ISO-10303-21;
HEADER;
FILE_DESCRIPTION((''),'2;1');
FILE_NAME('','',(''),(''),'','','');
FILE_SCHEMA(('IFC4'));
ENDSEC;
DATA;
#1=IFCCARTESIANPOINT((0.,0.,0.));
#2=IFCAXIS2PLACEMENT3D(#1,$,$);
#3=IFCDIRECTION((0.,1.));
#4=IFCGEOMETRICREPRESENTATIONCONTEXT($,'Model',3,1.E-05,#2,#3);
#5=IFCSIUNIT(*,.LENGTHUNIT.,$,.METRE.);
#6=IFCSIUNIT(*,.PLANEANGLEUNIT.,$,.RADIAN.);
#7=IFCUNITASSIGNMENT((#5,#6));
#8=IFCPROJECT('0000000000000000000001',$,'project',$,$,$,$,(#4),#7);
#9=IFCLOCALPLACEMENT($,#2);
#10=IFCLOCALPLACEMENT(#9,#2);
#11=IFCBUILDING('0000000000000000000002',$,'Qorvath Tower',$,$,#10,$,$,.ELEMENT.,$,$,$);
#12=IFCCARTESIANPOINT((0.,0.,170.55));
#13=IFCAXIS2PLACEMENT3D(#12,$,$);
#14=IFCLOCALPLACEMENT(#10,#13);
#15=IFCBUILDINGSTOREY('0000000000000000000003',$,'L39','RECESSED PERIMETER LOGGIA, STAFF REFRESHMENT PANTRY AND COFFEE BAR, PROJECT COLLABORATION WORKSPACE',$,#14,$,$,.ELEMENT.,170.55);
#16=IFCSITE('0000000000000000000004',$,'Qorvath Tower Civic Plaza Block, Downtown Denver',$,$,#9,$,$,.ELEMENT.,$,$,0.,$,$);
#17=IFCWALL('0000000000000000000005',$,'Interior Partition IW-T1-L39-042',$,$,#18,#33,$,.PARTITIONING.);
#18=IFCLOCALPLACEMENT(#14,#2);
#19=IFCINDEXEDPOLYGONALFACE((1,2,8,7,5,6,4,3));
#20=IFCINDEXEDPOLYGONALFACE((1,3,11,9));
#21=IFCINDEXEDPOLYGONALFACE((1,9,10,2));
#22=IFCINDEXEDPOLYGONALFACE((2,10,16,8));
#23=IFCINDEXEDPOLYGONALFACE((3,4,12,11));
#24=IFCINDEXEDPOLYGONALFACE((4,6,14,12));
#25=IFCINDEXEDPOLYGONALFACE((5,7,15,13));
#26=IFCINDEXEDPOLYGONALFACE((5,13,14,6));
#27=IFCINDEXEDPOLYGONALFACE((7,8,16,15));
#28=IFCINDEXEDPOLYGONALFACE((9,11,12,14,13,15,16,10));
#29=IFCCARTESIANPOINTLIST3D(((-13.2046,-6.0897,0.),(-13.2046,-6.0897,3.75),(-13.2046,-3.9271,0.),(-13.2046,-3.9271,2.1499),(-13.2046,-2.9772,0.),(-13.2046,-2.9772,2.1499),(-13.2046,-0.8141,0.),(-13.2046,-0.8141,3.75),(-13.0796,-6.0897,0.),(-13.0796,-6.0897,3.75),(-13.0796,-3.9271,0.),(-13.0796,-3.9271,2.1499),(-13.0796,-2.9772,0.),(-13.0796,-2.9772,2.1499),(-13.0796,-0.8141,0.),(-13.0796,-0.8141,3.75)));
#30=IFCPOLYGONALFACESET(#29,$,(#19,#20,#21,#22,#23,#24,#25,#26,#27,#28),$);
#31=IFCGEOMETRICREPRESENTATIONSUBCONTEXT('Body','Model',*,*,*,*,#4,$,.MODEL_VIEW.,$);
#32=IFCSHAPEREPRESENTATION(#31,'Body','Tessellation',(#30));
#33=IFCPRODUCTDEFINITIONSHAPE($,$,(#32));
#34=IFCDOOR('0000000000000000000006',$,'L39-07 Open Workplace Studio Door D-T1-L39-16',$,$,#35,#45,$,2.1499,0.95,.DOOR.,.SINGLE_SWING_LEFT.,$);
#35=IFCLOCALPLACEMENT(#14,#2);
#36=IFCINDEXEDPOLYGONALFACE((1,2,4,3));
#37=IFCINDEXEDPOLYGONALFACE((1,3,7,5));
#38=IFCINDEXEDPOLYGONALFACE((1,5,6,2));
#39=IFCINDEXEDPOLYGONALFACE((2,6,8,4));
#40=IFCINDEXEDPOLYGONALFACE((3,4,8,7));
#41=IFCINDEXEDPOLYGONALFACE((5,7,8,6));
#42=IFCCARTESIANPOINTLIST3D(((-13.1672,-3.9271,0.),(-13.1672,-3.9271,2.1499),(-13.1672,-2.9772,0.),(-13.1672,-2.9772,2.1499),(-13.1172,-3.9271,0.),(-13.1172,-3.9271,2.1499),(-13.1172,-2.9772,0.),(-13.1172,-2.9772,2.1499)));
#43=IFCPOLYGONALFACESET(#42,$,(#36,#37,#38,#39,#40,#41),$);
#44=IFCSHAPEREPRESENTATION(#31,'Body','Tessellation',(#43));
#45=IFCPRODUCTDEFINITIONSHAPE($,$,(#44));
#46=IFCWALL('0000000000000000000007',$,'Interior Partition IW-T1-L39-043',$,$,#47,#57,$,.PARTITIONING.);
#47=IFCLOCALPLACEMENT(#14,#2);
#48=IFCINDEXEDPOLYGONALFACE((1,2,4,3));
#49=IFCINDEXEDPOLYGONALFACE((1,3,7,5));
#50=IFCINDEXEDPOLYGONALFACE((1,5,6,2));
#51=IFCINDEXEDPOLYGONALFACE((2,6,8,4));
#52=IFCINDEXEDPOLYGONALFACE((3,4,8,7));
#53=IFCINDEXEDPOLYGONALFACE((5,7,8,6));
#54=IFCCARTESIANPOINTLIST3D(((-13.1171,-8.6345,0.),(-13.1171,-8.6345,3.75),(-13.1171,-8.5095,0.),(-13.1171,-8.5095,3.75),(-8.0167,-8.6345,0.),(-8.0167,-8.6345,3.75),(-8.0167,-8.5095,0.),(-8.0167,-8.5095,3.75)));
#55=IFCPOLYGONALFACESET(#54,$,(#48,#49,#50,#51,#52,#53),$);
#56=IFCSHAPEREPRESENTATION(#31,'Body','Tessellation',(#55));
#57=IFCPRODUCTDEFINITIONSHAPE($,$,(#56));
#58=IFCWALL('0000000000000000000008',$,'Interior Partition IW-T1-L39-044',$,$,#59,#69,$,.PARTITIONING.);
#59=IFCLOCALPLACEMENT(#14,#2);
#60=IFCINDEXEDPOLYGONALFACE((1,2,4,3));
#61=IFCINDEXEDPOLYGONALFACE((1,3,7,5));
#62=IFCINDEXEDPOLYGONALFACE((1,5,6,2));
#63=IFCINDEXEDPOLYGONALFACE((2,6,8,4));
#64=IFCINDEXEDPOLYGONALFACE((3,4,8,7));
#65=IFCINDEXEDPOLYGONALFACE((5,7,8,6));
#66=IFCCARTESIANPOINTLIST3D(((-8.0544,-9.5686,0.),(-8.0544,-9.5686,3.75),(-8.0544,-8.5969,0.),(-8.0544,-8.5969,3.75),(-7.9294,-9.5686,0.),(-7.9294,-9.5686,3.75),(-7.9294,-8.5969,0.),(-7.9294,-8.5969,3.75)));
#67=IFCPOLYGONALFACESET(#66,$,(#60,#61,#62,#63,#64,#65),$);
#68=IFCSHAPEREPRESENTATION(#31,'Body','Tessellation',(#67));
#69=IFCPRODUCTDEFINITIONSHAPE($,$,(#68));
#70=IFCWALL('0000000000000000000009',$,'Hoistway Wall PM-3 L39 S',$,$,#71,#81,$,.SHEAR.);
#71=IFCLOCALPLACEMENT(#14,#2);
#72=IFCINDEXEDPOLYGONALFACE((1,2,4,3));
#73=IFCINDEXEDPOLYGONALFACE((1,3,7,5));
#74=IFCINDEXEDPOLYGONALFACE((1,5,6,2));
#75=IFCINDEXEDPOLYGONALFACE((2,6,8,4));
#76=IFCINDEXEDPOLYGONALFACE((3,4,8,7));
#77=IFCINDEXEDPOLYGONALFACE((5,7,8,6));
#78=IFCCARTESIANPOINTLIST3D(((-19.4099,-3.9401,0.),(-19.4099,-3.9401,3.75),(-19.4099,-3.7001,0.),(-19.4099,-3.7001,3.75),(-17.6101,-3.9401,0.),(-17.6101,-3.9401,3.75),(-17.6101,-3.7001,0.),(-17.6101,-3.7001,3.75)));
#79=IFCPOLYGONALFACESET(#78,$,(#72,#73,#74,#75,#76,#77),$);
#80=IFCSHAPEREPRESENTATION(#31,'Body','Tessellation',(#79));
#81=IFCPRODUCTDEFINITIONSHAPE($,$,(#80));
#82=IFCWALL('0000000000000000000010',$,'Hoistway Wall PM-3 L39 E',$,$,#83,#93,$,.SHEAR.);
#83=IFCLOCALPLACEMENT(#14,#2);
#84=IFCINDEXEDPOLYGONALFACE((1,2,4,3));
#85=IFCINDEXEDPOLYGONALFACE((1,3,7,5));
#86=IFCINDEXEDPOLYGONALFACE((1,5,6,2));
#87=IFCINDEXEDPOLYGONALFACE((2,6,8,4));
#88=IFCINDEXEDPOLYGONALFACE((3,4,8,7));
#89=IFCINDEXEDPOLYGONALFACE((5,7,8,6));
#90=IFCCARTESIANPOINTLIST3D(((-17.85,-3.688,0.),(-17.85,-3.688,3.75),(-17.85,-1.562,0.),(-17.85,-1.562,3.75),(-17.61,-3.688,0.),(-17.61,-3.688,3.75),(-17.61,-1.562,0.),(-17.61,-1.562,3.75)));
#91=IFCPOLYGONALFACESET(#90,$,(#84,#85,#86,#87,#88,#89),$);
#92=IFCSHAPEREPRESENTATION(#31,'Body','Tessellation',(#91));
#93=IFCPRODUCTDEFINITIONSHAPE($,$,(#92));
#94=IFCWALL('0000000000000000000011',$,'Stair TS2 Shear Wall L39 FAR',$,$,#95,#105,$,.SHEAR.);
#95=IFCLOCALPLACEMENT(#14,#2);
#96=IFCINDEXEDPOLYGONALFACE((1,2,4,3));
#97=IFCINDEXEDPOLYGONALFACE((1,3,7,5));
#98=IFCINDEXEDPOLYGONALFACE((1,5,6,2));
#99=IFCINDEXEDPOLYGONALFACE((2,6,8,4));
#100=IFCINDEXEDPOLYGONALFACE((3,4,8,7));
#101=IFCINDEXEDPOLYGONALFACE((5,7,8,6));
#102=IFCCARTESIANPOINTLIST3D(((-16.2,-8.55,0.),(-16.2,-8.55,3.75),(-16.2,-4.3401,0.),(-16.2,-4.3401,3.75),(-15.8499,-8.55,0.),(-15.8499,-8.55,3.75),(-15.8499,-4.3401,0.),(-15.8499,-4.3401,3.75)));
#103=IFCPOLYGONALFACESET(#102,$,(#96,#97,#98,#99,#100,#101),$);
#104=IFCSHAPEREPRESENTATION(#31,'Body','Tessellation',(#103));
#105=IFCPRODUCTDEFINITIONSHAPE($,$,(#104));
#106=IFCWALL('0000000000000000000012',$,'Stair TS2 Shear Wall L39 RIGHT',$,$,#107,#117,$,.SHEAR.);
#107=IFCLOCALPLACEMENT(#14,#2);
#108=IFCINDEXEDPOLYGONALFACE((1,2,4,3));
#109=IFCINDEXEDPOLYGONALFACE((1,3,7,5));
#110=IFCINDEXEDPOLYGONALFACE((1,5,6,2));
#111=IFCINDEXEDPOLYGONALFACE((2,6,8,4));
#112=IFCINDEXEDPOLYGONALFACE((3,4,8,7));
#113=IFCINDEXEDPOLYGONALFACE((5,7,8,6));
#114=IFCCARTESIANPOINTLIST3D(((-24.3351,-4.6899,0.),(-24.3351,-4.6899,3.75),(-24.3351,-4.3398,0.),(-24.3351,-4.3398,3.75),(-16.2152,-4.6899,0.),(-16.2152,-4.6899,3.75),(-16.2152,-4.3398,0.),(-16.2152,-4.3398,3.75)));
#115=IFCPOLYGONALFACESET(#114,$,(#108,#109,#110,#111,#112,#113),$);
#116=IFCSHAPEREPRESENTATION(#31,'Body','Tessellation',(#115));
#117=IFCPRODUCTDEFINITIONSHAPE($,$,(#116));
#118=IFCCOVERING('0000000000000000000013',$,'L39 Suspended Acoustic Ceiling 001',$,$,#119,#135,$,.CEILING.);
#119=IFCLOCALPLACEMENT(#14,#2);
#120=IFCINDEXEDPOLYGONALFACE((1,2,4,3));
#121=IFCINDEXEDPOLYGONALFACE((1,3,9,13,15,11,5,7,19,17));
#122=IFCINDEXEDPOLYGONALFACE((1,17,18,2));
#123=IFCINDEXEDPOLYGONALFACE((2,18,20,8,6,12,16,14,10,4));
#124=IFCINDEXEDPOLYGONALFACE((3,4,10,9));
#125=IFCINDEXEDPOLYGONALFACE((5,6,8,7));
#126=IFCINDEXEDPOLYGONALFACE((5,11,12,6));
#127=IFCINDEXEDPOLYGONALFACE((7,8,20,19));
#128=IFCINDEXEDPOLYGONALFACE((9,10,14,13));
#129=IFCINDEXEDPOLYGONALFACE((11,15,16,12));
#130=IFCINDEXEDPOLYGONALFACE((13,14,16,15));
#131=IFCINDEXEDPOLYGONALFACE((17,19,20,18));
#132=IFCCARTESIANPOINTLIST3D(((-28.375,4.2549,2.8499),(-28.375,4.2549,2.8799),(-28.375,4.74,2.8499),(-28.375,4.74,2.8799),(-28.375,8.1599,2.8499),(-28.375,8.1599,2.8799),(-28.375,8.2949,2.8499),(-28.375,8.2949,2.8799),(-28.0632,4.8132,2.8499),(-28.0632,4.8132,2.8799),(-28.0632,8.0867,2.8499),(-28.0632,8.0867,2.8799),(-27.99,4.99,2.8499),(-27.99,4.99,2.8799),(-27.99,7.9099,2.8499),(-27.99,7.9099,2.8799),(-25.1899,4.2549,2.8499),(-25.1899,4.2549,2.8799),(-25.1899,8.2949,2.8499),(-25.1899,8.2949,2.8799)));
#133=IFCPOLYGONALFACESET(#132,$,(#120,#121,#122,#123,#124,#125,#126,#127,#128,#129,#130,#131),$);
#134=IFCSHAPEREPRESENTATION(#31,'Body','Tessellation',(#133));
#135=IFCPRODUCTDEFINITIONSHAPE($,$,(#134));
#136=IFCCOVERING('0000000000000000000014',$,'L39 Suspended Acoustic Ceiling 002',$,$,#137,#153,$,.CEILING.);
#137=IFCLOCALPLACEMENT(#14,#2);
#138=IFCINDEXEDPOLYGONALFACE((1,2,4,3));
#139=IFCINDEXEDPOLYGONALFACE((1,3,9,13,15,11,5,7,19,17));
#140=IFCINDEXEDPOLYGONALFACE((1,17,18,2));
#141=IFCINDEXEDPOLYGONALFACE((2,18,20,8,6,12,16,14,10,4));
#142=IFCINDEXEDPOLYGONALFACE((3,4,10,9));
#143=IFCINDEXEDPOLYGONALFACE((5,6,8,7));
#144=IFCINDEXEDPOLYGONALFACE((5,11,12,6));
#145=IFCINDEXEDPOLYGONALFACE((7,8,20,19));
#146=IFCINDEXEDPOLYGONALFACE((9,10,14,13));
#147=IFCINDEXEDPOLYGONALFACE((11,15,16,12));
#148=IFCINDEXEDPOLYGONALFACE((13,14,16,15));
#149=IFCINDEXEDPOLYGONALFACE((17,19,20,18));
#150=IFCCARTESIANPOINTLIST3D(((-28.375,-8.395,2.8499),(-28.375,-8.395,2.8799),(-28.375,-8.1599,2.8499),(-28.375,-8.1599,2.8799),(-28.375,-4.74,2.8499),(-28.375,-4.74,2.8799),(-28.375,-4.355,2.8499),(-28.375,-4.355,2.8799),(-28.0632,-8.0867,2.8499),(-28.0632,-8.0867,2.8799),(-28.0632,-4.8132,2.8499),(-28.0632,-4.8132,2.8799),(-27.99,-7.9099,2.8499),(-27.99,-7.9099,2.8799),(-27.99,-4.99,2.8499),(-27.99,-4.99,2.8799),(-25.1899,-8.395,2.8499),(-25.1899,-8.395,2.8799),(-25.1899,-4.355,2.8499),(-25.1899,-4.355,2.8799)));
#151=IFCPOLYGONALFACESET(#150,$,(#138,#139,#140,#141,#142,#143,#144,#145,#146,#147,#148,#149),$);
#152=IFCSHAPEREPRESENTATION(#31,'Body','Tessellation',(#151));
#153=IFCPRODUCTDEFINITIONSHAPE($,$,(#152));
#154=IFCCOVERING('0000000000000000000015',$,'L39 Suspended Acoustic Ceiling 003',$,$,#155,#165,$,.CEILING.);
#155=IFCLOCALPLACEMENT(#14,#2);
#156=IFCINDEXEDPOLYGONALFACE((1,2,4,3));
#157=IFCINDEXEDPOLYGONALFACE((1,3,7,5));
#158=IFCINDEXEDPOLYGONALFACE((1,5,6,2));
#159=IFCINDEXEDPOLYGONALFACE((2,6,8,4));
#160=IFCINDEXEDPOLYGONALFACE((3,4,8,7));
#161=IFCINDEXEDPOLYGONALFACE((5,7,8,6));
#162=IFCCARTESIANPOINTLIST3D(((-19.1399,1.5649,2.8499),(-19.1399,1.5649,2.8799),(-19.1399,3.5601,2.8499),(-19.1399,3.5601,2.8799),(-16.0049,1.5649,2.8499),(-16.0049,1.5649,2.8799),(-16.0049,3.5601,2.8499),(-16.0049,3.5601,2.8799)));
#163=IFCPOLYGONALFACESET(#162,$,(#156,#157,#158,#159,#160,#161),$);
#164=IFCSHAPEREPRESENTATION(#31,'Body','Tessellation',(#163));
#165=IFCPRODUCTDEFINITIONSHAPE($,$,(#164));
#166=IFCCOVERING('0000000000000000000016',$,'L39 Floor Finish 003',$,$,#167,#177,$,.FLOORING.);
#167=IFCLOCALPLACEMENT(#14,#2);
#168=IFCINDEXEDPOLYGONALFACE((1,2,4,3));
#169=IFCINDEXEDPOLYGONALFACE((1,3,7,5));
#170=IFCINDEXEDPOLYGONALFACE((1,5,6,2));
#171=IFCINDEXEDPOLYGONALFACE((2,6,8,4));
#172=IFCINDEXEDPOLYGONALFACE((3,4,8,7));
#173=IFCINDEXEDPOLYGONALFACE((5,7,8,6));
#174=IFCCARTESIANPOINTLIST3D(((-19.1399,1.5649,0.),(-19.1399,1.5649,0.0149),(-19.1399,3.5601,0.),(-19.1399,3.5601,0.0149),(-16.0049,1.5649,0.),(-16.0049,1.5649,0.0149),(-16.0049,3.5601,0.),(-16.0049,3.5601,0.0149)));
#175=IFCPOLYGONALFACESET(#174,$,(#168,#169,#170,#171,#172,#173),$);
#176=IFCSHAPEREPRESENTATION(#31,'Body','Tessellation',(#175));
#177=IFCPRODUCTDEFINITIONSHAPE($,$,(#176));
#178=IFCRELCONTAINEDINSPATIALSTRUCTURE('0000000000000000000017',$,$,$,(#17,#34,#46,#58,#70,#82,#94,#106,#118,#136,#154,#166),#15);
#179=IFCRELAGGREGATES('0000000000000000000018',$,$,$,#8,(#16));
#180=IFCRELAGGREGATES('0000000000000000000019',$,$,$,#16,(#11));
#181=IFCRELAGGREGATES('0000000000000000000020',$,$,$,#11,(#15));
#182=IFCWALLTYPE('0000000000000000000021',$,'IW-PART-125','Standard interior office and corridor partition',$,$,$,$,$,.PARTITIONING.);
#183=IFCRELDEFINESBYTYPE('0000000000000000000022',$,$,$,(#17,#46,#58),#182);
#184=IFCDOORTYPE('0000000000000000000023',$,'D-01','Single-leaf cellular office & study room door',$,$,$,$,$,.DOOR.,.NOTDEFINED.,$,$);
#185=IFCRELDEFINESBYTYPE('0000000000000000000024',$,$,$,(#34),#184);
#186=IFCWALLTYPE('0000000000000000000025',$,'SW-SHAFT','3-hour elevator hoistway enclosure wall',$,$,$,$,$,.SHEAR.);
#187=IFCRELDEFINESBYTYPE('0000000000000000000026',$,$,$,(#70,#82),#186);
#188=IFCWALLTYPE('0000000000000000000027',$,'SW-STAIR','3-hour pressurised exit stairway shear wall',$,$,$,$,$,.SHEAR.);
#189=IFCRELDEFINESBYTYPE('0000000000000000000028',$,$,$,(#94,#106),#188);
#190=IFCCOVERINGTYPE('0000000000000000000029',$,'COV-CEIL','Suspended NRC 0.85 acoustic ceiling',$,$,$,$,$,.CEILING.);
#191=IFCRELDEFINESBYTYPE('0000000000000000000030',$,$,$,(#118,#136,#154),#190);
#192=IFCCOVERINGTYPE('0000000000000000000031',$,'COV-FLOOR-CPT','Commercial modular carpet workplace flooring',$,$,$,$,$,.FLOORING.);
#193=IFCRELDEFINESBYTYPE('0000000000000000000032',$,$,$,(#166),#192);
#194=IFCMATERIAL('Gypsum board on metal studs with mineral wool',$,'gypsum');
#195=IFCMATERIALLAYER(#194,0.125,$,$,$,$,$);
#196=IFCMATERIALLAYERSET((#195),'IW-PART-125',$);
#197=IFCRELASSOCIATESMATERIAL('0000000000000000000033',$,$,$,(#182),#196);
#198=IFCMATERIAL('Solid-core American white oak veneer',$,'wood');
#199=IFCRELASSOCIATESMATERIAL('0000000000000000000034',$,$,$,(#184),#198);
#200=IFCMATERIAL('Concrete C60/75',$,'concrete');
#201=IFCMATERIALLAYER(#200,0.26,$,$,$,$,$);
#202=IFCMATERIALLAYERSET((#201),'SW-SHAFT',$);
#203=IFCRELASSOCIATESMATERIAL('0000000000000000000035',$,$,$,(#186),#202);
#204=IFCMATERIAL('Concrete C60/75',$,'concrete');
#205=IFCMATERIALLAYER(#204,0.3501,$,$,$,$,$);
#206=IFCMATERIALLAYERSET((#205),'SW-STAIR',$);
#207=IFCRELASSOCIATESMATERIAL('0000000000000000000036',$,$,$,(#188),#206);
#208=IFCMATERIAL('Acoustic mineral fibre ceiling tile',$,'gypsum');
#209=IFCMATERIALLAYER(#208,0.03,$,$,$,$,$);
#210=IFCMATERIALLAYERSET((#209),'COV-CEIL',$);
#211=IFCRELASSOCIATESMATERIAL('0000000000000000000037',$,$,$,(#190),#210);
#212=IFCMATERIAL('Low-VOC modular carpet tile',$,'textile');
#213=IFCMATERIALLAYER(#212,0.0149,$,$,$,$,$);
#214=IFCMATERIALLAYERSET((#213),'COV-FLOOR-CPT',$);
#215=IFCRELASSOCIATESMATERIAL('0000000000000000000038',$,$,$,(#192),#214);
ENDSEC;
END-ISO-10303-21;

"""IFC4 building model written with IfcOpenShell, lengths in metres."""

from ifc_helpers import new_model, si_unit, direction, frame, frame_2d, origin, place, context, subcontext, project, spatial, polyline, rectangle, outline, extrude, material, layer, layer_set, type_object, element, fill, save


model = new_model("IFC4")

# Units and contexts
model_context = context("Model", 3, precision=1e-05, world=origin(), true_north=direction((0.0, 1.0)))
body_context = subcontext(model_context, "Body", "Model", "MODEL_VIEW")
ifc_project = project(units=[si_unit("LENGTHUNIT", "METRE"), si_unit("PLANEANGLEUNIT", "RADIAN")], contexts=[model_context])

# Site, building, storey
site_placement = place(None, origin())
site = spatial("IfcSite", under=ifc_project, at=site_placement, Name="Qorvath Tower Civic Plaza Block, Downtown Denver", CompositionType="ELEMENT", RefElevation=0.0)
building_placement = place(site_placement, origin())
building = spatial("IfcBuilding", under=site, at=building_placement, Name="Qorvath Tower", CompositionType="ELEMENT")
storey_placement = place(building_placement, frame((0.0, 0.0, 170.55)))
storey = spatial("IfcBuildingStorey", under=building, at=storey_placement, Name="L39", Description="RECESSED PERIMETER LOGGIA, STAFF REFRESHMENT PANTRY AND COFFEE BAR, PROJECT COLLABORATION WORKSPACE", CompositionType="ELEMENT", Elevation=170.55)

# Shared definitions
ifc_material_1 = material(Name="Gypsum board on metal studs with mineral wool", Category="gypsum")
ifc_layer_1 = layer(ifc_material_1, 0.125)
ifc_layer_set_1 = layer_set([ifc_layer_1], Name="IW-PART-125")
wall_type_1 = type_object("IfcWallType", Name="IW-PART-125", Description="Standard interior office and corridor partition", PredefinedType="PARTITIONING", material=ifc_layer_set_1)

# Wall, opening, door
wall_1_placement = place(storey_placement, frame((-13.1421, -0.8142, 0.0), z_axis=(0.0, 0.0, 1.0), x_axis=(0.0, -1.0, 0.0)))
wall_1 = element("IfcWall", 1, at=wall_1_placement, inside=storey, type_object=wall_type_1, Name="Interior Partition IW-T1-L39-042", PredefinedType="PARTITIONING", context=body_context, shape_type="SweptSolid", body=[
    extrude(rectangle(XDim=5.2756, YDim=0.125, at=frame_2d((2.6377, 0.0))), origin(), (0.0, 0.0, 1.0), 3.75),
])
opening_1_placement = place(wall_1_placement, frame((2.1628, 0.0, 0.0)))
opening_1 = element("IfcOpeningElement", 2, at=opening_1_placement, cuts=wall_1, PredefinedType="OPENING", context=body_context, shape_type="SweptSolid", body=[
    extrude(rectangle(XDim=0.95, YDim=2.1499, at=frame_2d((0.4751, 1.075))), frame((0.0, 0.0725, 0.0), z_axis=(0.0, -1.0, 0.0), x_axis=(1.0, 0.0, 0.0)), (0.0, 0.0, 1.0), 0.145),
])
ifc_material_2 = material(Name="Solid-core American white oak veneer", Category="wood")
door_type_1 = type_object("IfcDoorType", Name="D-01", Description="Single-leaf cellular office & study room door", OperationType="NOTDEFINED", PredefinedType="DOOR", material=ifc_material_2)
door_1_placement = place(opening_1_placement, origin())
door_1 = element("IfcDoor", 3, at=door_1_placement, inside=storey, type_object=door_type_1, Name="L39-07 Open Workplace Studio Door D-T1-L39-16", OperationType="SINGLE_SWING_LEFT", OverallHeight=2.1499, OverallWidth=0.95, PredefinedType="DOOR", context=body_context, shape_type="SweptSolid", body=[
    extrude(rectangle(XDim=0.95, YDim=2.1499, at=frame_2d((0.4751, 1.075))), frame((0.0, 0.0249, 0.0), z_axis=(0.0, -1.0, 0.0), x_axis=(1.0, 0.0, 0.0)), (0.0, 0.0, 1.0), 0.05),
])
fill(opening_1, door_1)

# Walls
wall_2_placement = place(storey_placement, frame((-13.1172, -8.572, 0.0), z_axis=(0.0, 0.0, 1.0), x_axis=(1.0, 0.0, 0.0)))
element("IfcWall", 4, at=wall_2_placement, inside=storey, type_object=wall_type_1, Name="Interior Partition IW-T1-L39-043", PredefinedType="PARTITIONING", context=body_context, shape_type="SweptSolid", body=[
    extrude(rectangle(XDim=5.1003, YDim=0.125, at=frame_2d((2.5503, 0.0))), origin(), (0.0, 0.0, 1.0), 3.75),
])
wall_3_placement = place(storey_placement, frame((-7.9919, -8.5969, 0.0), z_axis=(0.0, 0.0, 1.0), x_axis=(0.0, -1.0, 0.0)))
element("IfcWall", 5, at=wall_3_placement, inside=storey, type_object=wall_type_1, Name="Interior Partition IW-T1-L39-044", PredefinedType="PARTITIONING", context=body_context, shape_type="SweptSolid", body=[
    extrude(rectangle(XDim=0.9717, YDim=0.125, at=frame_2d((0.4858, 0.0))), origin(), (0.0, 0.0, 1.0), 3.75),
])
ifc_material_3 = material(Name="Concrete C60/75", Category="concrete")
ifc_layer_2 = layer(ifc_material_3, 0.26)
ifc_layer_set_2 = layer_set([ifc_layer_2], Name="SW-SHAFT")
wall_type_2 = type_object("IfcWallType", Name="SW-SHAFT", Description="3-hour elevator hoistway enclosure wall", PredefinedType="SHEAR", material=ifc_layer_set_2)
wall_4_placement = place(storey_placement, frame((-17.6101, -3.8201, 0.0), z_axis=(0.0, 0.0, 1.0), x_axis=(-1.0, 0.0, 0.0)))
element("IfcWall", 6, at=wall_4_placement, inside=storey, type_object=wall_type_2, Name="Hoistway Wall PM-3 L39 S", PredefinedType="SHEAR", context=body_context, shape_type="SweptSolid", body=[
    extrude(rectangle(XDim=1.7998, YDim=0.24, at=frame_2d((0.8999, 0.0))), origin(), (0.0, 0.0, 1.0), 3.75),
])
wall_5_placement = place(storey_placement, frame((-17.73, -1.562, 0.0), z_axis=(0.0, 0.0, 1.0), x_axis=(0.0, -1.0, 0.0)))
element("IfcWall", 7, at=wall_5_placement, inside=storey, type_object=wall_type_2, Name="Hoistway Wall PM-3 L39 E", PredefinedType="SHEAR", context=body_context, shape_type="SweptSolid", body=[
    extrude(rectangle(XDim=2.126, YDim=0.24, at=frame_2d((1.063, 0.0))), origin(), (0.0, 0.0, 1.0), 3.75),
])
ifc_material_4 = material(Name="Concrete C60/75", Category="concrete")
ifc_layer_3 = layer(ifc_material_4, 0.3501)
ifc_layer_set_3 = layer_set([ifc_layer_3], Name="SW-STAIR")
wall_type_3 = type_object("IfcWallType", Name="SW-STAIR", Description="3-hour pressurised exit stairway shear wall", PredefinedType="SHEAR", material=ifc_layer_set_3)
wall_6_placement = place(storey_placement, frame((-16.0249, -8.55, 0.0), z_axis=(0.0, 0.0, 1.0), x_axis=(0.0, 1.0, 0.0)))
element("IfcWall", 8, at=wall_6_placement, inside=storey, type_object=wall_type_3, Name="Stair TS2 Shear Wall L39 FAR", PredefinedType="SHEAR", context=body_context, shape_type="SweptSolid", body=[
    extrude(rectangle(XDim=4.21, YDim=0.3501, at=frame_2d((2.105, 0.0))), origin(), (0.0, 0.0, 1.0), 3.75),
])
wall_7_placement = place(storey_placement, frame((-16.2151, -4.5149, 0.0), z_axis=(0.0, 0.0, 1.0), x_axis=(-1.0, 0.0, 0.0)))
element("IfcWall", 9, at=wall_7_placement, inside=storey, type_object=wall_type_3, Name="Stair TS2 Shear Wall L39 RIGHT", PredefinedType="SHEAR", context=body_context, shape_type="SweptSolid", body=[
    extrude(rectangle(XDim=8.1199, YDim=0.3501, at=frame_2d((4.0601, 0.0))), origin(), (0.0, 0.0, 1.0), 3.75),
])

# Coverings
ifc_material_5 = material(Name="Acoustic mineral fibre ceiling tile", Category="gypsum")
ifc_layer_4 = layer(ifc_material_5, 0.03)
ifc_layer_set_4 = layer_set([ifc_layer_4], Name="COV-CEIL")
covering_type_1 = type_object("IfcCoveringType", Name="COV-CEIL", Description="Suspended NRC 0.85 acoustic ceiling", PredefinedType="CEILING", material=ifc_layer_set_4)
covering_1_placement = place(storey_placement, frame((0.0, 0.0, 2.8499)))
element("IfcCovering", 10, at=covering_1_placement, inside=storey, type_object=covering_type_1, Name="L39 Suspended Acoustic Ceiling 001", PredefinedType="CEILING", context=body_context, shape_type="SweptSolid", body=[
    extrude(outline(polyline([(-25.1899, 4.2549), (-25.1899, 8.2949), (-28.375, 8.2949), (-28.375, 8.1599), (-28.0632, 8.0867), (-27.99, 7.9099), (-27.99, 4.99), (-28.0632, 4.8132), (-28.375, 4.74), (-28.375, 4.2549), (-25.1899, 4.2549)])), origin(), (0.0, 0.0, 1.0), 0.03),
])
covering_2_placement = place(storey_placement, frame((0.0, 0.0, 2.8499)))
element("IfcCovering", 11, at=covering_2_placement, inside=storey, type_object=covering_type_1, Name="L39 Suspended Acoustic Ceiling 002", PredefinedType="CEILING", context=body_context, shape_type="SweptSolid", body=[
    extrude(outline(polyline([(-25.1899, -8.395), (-25.1899, -4.355), (-28.375, -4.355), (-28.375, -4.74), (-28.0632, -4.8132), (-27.99, -4.99), (-27.99, -7.9099), (-28.0632, -8.0867), (-28.375, -8.1599), (-28.375, -8.395), (-25.1899, -8.395)])), origin(), (0.0, 0.0, 1.0), 0.03),
])
covering_3_placement = place(storey_placement, frame((0.0, 0.0, 2.8499)))
element("IfcCovering", 12, at=covering_3_placement, inside=storey, type_object=covering_type_1, Name="L39 Suspended Acoustic Ceiling 003", PredefinedType="CEILING", context=body_context, shape_type="SweptSolid", body=[
    extrude(outline(polyline([(-16.0049, 3.5601), (-19.1399, 3.5601), (-19.1399, 1.5649), (-16.0049, 1.5649), (-16.0049, 3.5601)])), origin(), (0.0, 0.0, 1.0), 0.03),
])
ifc_material_6 = material(Name="Low-VOC modular carpet tile", Category="textile")
ifc_layer_5 = layer(ifc_material_6, 0.0149)
ifc_layer_set_5 = layer_set([ifc_layer_5], Name="COV-FLOOR-CPT")
covering_type_2 = type_object("IfcCoveringType", Name="COV-FLOOR-CPT", Description="Commercial modular carpet workplace flooring", PredefinedType="FLOORING", material=ifc_layer_set_5)
covering_4_placement = place(storey_placement, origin())
element("IfcCovering", 13, at=covering_4_placement, inside=storey, type_object=covering_type_2, Name="L39 Floor Finish 003", PredefinedType="FLOORING", context=body_context, shape_type="SweptSolid", body=[
    extrude(outline(polyline([(-16.0049, 3.5601), (-19.1399, 3.5601), (-19.1399, 1.5649), (-16.0049, 1.5649), (-16.0049, 3.5601)])), origin(), (0.0, 0.0, 1.0), 0.0149),
])

save(model, "model.ifc")
